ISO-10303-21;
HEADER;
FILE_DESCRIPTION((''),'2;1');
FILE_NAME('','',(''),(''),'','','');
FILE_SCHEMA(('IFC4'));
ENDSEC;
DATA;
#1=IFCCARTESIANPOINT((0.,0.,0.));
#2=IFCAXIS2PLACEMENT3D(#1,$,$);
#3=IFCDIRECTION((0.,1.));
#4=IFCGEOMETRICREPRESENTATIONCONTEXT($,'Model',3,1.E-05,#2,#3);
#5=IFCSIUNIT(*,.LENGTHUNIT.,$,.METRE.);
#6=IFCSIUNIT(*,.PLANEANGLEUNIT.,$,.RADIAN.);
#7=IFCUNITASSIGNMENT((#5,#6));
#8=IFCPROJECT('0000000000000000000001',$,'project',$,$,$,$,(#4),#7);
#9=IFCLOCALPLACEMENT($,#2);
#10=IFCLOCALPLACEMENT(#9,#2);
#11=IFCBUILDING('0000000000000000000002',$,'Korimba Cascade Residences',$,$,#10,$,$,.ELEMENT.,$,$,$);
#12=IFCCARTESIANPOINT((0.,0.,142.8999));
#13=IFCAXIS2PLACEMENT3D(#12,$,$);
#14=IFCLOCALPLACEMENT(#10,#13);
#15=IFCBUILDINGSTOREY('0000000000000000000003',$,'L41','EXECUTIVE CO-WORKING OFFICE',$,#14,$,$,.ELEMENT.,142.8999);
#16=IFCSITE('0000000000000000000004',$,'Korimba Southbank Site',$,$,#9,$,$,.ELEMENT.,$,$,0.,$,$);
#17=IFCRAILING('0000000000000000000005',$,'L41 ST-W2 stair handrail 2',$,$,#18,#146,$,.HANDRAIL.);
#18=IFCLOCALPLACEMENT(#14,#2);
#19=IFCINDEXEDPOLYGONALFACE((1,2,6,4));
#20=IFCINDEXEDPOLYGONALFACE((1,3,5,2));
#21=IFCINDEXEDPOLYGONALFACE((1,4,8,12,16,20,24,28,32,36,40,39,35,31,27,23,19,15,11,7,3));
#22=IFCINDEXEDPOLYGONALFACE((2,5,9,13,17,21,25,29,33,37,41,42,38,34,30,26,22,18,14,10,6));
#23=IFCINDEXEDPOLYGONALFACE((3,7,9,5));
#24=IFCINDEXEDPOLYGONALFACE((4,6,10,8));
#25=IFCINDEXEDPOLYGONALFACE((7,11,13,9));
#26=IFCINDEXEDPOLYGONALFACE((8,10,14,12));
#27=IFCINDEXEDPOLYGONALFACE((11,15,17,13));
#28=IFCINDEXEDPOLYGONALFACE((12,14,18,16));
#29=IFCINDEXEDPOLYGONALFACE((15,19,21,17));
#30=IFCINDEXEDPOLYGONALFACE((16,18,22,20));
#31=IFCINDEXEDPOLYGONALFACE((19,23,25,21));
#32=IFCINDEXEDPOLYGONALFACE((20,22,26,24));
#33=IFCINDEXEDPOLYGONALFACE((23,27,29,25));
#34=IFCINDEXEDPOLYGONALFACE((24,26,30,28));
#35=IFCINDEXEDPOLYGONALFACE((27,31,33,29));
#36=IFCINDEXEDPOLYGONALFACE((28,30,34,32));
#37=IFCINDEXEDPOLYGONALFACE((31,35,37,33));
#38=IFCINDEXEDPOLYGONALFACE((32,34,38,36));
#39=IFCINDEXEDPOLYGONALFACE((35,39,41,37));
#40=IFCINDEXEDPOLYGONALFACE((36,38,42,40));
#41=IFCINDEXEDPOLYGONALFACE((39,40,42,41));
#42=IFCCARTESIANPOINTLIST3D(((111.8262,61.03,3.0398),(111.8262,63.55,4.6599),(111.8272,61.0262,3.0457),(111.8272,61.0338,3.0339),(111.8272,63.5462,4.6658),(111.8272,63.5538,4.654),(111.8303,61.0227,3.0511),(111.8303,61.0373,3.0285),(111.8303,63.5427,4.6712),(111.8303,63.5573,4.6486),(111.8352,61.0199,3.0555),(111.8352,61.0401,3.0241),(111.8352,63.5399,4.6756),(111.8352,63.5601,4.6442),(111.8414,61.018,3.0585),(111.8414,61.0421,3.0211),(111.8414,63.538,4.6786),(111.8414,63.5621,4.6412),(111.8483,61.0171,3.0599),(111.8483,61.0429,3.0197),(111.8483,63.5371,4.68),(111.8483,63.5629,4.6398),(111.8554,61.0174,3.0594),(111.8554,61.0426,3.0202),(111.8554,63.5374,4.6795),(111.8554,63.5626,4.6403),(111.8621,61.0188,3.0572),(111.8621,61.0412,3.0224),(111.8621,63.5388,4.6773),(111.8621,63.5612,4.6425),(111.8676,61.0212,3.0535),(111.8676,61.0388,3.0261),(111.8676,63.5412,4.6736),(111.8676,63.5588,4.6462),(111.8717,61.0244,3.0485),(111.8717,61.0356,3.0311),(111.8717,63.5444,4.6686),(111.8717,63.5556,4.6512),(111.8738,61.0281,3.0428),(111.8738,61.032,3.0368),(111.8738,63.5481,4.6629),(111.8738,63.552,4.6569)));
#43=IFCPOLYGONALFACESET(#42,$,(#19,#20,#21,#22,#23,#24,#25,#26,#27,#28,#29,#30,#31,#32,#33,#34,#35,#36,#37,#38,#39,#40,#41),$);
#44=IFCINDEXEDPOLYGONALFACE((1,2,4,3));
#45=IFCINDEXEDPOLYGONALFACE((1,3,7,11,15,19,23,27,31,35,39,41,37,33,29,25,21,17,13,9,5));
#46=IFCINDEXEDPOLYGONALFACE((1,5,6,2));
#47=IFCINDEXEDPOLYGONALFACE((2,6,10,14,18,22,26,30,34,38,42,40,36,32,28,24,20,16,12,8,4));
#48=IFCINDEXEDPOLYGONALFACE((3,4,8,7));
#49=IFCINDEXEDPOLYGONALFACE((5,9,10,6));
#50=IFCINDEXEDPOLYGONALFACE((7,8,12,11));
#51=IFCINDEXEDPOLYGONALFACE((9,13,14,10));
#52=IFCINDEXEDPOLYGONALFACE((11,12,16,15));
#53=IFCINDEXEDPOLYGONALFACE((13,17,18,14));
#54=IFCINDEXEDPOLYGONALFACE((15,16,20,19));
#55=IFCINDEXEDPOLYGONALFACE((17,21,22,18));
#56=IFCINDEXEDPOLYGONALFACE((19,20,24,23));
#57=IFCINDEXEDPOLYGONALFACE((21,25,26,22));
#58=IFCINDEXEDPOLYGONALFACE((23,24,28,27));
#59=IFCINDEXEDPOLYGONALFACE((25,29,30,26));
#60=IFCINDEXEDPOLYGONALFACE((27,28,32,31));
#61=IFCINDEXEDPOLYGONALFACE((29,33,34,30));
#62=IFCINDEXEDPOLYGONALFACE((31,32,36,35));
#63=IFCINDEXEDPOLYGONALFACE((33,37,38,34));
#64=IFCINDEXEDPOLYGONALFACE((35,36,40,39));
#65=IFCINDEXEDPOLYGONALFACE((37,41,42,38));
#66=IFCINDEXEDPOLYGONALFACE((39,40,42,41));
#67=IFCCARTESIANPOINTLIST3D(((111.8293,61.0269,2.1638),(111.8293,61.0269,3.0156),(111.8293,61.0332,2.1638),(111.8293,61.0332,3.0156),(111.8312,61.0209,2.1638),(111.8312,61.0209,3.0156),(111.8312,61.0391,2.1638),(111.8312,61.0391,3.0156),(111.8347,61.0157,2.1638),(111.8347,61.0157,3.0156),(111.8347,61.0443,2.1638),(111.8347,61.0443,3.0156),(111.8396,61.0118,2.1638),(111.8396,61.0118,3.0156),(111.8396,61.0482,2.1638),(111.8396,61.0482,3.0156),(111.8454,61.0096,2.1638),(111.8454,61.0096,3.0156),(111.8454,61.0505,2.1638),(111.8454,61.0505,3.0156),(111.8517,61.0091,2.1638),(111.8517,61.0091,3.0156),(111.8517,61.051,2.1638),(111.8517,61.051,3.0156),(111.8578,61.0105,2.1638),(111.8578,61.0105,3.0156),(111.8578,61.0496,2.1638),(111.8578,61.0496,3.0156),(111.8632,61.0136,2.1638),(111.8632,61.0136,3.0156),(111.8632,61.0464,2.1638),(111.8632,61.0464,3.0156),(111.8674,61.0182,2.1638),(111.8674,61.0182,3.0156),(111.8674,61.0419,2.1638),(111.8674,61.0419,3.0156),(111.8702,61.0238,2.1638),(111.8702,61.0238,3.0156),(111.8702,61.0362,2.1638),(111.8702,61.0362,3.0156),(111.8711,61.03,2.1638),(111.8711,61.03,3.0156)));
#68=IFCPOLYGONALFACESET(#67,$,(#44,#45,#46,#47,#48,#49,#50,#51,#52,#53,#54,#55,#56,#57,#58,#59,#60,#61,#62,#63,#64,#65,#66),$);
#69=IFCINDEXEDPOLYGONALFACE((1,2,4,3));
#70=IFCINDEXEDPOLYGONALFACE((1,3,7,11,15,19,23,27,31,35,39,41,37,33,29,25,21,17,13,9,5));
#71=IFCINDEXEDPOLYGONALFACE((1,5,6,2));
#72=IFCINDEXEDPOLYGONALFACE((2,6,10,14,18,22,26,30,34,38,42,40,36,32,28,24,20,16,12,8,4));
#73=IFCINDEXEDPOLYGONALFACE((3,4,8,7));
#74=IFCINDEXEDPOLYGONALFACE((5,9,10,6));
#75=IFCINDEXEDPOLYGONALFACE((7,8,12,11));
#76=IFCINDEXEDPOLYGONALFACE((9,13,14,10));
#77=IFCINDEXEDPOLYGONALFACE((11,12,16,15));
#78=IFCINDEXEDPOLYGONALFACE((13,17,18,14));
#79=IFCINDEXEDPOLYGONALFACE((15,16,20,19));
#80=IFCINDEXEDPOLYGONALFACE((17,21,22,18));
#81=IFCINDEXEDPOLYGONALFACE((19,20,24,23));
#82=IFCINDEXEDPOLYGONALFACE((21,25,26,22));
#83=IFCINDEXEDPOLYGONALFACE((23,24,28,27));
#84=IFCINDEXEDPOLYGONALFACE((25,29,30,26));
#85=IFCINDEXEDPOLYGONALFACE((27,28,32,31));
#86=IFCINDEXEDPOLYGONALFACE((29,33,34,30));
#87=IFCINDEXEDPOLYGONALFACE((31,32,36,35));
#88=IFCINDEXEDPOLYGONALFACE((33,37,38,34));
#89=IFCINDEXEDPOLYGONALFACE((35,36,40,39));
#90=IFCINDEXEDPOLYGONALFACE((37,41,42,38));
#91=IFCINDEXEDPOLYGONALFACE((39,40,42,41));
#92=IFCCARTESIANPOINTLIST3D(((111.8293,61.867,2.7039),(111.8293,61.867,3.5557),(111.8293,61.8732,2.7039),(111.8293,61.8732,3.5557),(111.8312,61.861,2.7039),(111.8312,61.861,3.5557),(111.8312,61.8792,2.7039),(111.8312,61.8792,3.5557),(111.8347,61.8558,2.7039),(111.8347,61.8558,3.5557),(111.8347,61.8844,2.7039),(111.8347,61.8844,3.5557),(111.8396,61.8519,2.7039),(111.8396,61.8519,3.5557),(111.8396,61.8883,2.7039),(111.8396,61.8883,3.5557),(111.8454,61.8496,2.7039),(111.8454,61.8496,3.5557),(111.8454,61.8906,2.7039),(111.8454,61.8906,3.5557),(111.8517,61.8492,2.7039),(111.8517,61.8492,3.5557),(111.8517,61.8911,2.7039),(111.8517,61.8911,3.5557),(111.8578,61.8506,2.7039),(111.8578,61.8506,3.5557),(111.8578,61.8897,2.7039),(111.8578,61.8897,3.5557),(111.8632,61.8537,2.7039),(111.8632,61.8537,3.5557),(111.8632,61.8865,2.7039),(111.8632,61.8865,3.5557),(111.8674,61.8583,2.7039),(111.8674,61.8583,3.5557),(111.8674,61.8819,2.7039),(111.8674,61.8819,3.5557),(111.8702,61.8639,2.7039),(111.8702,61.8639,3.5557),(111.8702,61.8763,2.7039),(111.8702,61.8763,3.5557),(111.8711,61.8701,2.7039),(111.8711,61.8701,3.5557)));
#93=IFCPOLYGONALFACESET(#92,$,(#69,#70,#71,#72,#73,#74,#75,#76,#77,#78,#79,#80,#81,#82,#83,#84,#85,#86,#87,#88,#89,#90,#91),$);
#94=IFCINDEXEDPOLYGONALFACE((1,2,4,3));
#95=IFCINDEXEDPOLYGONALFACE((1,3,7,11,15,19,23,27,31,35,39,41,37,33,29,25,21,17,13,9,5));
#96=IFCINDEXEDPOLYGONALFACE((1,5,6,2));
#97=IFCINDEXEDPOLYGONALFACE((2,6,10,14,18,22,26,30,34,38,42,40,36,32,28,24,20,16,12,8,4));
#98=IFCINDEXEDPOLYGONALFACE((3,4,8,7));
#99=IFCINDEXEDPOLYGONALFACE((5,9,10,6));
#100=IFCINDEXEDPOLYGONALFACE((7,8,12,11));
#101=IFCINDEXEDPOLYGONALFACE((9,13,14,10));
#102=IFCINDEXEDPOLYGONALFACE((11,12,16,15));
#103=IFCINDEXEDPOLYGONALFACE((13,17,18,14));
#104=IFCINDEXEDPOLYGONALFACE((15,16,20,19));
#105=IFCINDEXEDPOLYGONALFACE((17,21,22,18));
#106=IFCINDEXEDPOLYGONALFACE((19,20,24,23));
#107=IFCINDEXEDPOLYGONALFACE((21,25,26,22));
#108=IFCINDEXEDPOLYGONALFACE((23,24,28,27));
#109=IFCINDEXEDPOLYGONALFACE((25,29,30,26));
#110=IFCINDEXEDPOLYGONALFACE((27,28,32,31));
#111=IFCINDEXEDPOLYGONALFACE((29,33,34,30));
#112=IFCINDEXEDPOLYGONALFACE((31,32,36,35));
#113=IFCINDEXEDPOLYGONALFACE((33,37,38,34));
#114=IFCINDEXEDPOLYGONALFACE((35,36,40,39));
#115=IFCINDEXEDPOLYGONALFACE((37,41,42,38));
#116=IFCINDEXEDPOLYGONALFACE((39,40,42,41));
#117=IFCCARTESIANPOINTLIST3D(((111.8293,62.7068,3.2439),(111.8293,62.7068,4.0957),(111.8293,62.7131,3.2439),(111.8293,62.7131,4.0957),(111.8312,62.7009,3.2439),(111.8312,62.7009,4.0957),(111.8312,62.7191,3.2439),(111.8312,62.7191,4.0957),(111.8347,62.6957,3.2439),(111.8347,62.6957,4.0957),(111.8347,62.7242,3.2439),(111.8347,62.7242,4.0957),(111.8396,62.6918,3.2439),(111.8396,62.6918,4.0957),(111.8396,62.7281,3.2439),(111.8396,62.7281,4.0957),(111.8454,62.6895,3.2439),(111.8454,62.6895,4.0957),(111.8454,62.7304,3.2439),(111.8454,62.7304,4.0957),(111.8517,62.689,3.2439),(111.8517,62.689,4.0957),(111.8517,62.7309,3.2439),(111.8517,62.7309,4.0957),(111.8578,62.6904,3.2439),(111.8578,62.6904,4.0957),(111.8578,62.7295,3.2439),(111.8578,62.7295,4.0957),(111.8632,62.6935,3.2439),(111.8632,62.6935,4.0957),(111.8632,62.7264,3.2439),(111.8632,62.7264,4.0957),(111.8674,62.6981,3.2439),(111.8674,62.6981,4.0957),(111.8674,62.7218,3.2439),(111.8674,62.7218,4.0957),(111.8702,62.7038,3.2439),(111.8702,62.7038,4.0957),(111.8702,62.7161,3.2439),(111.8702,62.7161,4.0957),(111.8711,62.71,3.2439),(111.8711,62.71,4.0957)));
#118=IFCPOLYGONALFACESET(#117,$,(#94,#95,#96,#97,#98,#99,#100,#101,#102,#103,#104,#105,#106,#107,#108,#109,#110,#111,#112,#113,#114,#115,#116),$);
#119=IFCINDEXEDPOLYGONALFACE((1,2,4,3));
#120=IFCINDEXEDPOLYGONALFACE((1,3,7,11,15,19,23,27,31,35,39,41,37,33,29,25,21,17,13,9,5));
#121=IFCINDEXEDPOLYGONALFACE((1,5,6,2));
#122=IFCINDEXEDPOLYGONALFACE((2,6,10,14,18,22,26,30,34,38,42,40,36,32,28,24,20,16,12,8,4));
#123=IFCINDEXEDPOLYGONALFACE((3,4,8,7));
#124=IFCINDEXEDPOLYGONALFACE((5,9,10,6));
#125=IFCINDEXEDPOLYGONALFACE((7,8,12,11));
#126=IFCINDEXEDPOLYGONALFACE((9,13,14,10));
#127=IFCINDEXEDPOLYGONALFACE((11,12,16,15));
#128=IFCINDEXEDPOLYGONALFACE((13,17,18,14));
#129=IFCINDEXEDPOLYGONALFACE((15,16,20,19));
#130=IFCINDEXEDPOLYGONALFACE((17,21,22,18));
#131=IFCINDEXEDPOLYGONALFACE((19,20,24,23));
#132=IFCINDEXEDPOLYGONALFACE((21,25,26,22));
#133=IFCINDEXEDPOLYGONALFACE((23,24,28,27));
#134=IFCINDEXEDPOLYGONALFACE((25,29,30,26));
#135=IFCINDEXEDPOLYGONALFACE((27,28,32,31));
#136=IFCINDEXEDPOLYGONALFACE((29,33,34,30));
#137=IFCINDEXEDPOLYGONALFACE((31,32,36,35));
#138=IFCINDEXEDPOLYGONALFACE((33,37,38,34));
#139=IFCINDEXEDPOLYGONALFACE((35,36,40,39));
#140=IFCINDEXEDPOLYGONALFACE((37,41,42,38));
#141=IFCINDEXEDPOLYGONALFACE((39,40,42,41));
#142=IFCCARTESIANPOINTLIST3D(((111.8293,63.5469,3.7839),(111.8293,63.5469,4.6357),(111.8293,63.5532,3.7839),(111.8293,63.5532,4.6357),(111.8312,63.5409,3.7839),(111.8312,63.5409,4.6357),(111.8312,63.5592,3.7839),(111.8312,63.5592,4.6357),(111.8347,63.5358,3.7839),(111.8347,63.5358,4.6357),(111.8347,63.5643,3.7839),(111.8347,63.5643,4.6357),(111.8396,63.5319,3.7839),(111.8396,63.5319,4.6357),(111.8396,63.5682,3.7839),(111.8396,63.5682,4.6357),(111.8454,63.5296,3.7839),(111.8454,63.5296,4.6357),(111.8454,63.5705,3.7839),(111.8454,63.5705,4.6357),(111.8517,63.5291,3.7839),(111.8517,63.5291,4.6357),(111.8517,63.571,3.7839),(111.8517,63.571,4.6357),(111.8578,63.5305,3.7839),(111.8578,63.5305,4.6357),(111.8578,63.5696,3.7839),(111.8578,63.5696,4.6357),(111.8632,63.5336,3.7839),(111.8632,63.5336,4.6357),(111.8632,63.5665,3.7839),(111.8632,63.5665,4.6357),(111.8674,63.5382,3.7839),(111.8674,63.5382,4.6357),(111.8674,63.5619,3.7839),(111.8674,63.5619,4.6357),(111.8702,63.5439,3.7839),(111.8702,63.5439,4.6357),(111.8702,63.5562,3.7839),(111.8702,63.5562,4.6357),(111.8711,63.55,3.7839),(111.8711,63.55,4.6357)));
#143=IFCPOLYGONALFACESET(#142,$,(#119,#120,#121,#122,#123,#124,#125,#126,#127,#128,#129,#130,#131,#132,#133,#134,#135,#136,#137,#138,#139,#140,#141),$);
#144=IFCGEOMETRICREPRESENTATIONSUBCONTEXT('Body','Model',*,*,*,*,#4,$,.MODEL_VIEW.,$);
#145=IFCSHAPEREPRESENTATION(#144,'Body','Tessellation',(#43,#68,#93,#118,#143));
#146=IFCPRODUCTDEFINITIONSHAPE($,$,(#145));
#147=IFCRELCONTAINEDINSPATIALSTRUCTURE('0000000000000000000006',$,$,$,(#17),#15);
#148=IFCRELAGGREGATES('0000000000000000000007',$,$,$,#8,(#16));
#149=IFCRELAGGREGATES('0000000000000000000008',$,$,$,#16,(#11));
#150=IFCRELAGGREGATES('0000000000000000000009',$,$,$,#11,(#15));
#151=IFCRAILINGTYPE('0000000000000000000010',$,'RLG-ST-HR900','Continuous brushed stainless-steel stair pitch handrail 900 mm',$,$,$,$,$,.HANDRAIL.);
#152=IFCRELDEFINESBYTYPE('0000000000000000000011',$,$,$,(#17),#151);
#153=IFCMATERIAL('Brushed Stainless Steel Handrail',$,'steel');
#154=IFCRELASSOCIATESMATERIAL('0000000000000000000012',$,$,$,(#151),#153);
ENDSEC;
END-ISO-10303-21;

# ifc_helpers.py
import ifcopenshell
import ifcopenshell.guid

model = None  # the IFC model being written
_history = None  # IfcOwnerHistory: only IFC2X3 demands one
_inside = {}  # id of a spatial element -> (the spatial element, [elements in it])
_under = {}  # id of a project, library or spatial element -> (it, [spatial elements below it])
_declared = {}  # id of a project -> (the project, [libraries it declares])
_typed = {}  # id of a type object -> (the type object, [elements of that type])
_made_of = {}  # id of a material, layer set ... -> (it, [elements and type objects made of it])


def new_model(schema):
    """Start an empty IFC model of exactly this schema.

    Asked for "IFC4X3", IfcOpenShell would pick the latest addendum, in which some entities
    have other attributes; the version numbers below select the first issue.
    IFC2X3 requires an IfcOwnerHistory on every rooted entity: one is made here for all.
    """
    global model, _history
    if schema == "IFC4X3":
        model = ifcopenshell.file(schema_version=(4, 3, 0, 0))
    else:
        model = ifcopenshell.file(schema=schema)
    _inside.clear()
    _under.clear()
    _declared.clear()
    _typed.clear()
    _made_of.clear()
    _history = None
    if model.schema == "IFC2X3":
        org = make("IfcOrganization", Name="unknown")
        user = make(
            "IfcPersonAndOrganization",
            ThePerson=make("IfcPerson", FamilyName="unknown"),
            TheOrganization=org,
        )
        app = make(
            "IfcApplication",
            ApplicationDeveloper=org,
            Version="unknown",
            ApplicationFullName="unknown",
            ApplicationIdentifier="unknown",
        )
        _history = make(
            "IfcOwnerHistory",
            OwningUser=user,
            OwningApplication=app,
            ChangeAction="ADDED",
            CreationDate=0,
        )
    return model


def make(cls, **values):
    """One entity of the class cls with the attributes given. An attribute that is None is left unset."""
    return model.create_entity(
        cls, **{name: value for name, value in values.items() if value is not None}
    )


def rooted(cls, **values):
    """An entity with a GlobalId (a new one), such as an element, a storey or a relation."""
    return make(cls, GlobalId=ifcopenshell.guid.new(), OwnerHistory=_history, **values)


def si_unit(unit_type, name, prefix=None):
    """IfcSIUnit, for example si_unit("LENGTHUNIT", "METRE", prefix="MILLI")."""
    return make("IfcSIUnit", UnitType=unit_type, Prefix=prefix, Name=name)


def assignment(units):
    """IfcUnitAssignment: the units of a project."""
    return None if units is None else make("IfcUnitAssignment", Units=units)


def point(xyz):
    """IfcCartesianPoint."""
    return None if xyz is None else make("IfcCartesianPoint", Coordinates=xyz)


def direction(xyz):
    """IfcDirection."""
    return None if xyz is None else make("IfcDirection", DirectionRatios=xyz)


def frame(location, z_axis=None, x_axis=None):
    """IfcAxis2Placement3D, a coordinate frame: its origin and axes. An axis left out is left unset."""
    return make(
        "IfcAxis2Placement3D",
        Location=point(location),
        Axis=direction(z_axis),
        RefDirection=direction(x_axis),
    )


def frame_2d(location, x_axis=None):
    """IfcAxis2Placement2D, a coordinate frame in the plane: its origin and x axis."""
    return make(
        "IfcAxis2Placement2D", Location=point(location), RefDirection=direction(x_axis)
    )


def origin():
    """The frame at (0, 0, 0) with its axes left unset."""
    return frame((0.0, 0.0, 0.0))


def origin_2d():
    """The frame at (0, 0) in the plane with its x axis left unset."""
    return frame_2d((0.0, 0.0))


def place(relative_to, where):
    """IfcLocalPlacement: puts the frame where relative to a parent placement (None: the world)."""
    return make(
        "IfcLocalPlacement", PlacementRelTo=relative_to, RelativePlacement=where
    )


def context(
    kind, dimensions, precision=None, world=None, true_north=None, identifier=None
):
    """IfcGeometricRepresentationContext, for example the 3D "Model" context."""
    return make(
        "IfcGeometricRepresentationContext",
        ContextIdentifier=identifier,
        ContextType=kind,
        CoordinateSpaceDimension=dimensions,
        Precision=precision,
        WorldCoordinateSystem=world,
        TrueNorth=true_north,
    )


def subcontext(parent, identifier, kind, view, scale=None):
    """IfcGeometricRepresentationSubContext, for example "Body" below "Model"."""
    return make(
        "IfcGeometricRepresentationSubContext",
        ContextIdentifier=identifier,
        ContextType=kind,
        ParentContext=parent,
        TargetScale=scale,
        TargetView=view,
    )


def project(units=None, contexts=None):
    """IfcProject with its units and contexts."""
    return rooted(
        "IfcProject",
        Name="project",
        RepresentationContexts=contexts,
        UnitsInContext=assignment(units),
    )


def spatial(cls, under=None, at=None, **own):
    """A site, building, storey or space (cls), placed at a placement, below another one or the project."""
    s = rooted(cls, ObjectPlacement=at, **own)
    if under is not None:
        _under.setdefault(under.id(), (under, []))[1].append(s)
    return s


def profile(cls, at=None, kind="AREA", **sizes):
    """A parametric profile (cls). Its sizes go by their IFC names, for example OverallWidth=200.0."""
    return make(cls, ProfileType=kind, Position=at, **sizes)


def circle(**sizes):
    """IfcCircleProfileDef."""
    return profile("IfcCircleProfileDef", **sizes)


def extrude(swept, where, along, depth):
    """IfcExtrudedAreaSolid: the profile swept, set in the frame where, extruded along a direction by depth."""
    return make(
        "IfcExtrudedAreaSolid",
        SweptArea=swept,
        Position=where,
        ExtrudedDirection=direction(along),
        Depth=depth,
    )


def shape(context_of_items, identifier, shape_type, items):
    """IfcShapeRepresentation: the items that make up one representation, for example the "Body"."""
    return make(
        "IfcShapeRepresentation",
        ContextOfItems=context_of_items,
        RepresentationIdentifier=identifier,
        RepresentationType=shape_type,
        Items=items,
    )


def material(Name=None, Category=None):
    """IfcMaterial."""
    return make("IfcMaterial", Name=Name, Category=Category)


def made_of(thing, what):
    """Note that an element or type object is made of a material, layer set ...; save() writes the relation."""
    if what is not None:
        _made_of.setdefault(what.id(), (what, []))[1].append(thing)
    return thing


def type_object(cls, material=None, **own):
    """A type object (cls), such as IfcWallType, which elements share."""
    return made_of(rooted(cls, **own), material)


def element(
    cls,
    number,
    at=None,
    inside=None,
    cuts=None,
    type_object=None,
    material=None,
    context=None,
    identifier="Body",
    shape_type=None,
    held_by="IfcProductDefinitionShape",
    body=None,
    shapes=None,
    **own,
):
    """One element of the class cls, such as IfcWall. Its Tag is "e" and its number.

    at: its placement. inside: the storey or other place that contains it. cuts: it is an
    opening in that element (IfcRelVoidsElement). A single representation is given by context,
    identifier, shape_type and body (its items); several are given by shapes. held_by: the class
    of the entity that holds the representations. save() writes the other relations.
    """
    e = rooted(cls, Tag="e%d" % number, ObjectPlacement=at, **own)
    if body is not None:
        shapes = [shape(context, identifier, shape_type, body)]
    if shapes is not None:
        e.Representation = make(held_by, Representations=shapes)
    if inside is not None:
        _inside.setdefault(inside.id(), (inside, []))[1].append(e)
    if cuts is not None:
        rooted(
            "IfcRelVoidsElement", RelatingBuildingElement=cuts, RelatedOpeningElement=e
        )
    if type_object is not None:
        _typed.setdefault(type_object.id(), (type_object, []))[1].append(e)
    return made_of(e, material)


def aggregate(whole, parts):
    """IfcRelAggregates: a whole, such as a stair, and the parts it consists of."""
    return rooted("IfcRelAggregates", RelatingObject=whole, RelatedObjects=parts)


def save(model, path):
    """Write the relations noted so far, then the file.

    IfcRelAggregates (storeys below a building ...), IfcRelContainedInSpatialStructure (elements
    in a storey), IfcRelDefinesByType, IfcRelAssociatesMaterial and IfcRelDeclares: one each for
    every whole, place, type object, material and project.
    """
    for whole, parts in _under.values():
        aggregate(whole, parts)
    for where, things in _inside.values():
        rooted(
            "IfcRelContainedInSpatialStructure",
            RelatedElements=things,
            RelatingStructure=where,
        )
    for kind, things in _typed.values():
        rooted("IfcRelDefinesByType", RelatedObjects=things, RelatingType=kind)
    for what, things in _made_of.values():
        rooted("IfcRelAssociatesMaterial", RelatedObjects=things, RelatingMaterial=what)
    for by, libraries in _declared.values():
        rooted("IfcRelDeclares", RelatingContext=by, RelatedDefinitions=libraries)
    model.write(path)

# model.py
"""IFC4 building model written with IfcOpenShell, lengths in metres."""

from ifc_helpers import new_model, si_unit, direction, frame, origin, origin_2d, place, context, subcontext, project, spatial, circle, extrude, material, type_object, element, save


model = new_model("IFC4")

# Units and contexts
model_context = context("Model", 3, precision=1e-05, world=origin(), true_north=direction((0.0, 1.0)))
body_context = subcontext(model_context, "Body", "Model", "MODEL_VIEW")
ifc_project = project(units=[si_unit("LENGTHUNIT", "METRE"), si_unit("PLANEANGLEUNIT", "RADIAN")], contexts=[model_context])

# Site, building, storey
site_placement = place(None, origin())
site = spatial("IfcSite", under=ifc_project, at=site_placement, Name="Korimba Southbank Site", CompositionType="ELEMENT", RefElevation=0.0)
building_placement = place(site_placement, origin())
building = spatial("IfcBuilding", under=site, at=building_placement, Name="Korimba Cascade Residences", CompositionType="ELEMENT")
storey_placement = place(building_placement, frame((0.0, 0.0, 142.8999)))
storey = spatial("IfcBuildingStorey", under=building, at=storey_placement, Name="L41", Description="EXECUTIVE CO-WORKING OFFICE", CompositionType="ELEMENT", Elevation=142.8999)

# Railing
ifc_material_1 = material(Name="Brushed Stainless Steel Handrail", Category="steel")
railing_type = type_object("IfcRailingType", Name="RLG-ST-HR900", Description="Continuous brushed stainless-steel stair pitch handrail 900 mm", PredefinedType="HANDRAIL", material=ifc_material_1)
railing_placement = place(storey_placement, frame((111.8501, 61.03, 2.1638)))
element("IfcRailing", 1, at=railing_placement, inside=storey, type_object=railing_type, Name="L41 ST-W2 stair handrail 2", PredefinedType="HANDRAIL", context=body_context, shape_type="SweptSolid", body=[
    extrude(circle(Radius=0.0239, at=origin_2d()), frame((0.0, 0.0, 0.876), z_axis=(0.0, 0.841163, 0.540782), x_axis=(-1.0, 0.0, 0.0)), (0.0, 0.0, 1.0), 2.9958),
    extrude(circle(Radius=0.021, at=origin_2d()), origin(), (0.0, 0.0, 1.0), 0.8518),
    extrude(circle(Radius=0.021, at=origin_2d()), frame((0.0, 0.8401, 0.54)), (0.0, 0.0, 1.0), 0.8518),
    extrude(circle(Radius=0.021, at=origin_2d()), frame((0.0, 1.6799, 1.0801)), (0.0, 0.0, 1.0), 0.8518),
    extrude(circle(Radius=0.021, at=origin_2d()), frame((0.0, 2.52, 1.6201)), (0.0, 0.0, 1.0), 0.8518),
])

save(model, "model.ifc")
